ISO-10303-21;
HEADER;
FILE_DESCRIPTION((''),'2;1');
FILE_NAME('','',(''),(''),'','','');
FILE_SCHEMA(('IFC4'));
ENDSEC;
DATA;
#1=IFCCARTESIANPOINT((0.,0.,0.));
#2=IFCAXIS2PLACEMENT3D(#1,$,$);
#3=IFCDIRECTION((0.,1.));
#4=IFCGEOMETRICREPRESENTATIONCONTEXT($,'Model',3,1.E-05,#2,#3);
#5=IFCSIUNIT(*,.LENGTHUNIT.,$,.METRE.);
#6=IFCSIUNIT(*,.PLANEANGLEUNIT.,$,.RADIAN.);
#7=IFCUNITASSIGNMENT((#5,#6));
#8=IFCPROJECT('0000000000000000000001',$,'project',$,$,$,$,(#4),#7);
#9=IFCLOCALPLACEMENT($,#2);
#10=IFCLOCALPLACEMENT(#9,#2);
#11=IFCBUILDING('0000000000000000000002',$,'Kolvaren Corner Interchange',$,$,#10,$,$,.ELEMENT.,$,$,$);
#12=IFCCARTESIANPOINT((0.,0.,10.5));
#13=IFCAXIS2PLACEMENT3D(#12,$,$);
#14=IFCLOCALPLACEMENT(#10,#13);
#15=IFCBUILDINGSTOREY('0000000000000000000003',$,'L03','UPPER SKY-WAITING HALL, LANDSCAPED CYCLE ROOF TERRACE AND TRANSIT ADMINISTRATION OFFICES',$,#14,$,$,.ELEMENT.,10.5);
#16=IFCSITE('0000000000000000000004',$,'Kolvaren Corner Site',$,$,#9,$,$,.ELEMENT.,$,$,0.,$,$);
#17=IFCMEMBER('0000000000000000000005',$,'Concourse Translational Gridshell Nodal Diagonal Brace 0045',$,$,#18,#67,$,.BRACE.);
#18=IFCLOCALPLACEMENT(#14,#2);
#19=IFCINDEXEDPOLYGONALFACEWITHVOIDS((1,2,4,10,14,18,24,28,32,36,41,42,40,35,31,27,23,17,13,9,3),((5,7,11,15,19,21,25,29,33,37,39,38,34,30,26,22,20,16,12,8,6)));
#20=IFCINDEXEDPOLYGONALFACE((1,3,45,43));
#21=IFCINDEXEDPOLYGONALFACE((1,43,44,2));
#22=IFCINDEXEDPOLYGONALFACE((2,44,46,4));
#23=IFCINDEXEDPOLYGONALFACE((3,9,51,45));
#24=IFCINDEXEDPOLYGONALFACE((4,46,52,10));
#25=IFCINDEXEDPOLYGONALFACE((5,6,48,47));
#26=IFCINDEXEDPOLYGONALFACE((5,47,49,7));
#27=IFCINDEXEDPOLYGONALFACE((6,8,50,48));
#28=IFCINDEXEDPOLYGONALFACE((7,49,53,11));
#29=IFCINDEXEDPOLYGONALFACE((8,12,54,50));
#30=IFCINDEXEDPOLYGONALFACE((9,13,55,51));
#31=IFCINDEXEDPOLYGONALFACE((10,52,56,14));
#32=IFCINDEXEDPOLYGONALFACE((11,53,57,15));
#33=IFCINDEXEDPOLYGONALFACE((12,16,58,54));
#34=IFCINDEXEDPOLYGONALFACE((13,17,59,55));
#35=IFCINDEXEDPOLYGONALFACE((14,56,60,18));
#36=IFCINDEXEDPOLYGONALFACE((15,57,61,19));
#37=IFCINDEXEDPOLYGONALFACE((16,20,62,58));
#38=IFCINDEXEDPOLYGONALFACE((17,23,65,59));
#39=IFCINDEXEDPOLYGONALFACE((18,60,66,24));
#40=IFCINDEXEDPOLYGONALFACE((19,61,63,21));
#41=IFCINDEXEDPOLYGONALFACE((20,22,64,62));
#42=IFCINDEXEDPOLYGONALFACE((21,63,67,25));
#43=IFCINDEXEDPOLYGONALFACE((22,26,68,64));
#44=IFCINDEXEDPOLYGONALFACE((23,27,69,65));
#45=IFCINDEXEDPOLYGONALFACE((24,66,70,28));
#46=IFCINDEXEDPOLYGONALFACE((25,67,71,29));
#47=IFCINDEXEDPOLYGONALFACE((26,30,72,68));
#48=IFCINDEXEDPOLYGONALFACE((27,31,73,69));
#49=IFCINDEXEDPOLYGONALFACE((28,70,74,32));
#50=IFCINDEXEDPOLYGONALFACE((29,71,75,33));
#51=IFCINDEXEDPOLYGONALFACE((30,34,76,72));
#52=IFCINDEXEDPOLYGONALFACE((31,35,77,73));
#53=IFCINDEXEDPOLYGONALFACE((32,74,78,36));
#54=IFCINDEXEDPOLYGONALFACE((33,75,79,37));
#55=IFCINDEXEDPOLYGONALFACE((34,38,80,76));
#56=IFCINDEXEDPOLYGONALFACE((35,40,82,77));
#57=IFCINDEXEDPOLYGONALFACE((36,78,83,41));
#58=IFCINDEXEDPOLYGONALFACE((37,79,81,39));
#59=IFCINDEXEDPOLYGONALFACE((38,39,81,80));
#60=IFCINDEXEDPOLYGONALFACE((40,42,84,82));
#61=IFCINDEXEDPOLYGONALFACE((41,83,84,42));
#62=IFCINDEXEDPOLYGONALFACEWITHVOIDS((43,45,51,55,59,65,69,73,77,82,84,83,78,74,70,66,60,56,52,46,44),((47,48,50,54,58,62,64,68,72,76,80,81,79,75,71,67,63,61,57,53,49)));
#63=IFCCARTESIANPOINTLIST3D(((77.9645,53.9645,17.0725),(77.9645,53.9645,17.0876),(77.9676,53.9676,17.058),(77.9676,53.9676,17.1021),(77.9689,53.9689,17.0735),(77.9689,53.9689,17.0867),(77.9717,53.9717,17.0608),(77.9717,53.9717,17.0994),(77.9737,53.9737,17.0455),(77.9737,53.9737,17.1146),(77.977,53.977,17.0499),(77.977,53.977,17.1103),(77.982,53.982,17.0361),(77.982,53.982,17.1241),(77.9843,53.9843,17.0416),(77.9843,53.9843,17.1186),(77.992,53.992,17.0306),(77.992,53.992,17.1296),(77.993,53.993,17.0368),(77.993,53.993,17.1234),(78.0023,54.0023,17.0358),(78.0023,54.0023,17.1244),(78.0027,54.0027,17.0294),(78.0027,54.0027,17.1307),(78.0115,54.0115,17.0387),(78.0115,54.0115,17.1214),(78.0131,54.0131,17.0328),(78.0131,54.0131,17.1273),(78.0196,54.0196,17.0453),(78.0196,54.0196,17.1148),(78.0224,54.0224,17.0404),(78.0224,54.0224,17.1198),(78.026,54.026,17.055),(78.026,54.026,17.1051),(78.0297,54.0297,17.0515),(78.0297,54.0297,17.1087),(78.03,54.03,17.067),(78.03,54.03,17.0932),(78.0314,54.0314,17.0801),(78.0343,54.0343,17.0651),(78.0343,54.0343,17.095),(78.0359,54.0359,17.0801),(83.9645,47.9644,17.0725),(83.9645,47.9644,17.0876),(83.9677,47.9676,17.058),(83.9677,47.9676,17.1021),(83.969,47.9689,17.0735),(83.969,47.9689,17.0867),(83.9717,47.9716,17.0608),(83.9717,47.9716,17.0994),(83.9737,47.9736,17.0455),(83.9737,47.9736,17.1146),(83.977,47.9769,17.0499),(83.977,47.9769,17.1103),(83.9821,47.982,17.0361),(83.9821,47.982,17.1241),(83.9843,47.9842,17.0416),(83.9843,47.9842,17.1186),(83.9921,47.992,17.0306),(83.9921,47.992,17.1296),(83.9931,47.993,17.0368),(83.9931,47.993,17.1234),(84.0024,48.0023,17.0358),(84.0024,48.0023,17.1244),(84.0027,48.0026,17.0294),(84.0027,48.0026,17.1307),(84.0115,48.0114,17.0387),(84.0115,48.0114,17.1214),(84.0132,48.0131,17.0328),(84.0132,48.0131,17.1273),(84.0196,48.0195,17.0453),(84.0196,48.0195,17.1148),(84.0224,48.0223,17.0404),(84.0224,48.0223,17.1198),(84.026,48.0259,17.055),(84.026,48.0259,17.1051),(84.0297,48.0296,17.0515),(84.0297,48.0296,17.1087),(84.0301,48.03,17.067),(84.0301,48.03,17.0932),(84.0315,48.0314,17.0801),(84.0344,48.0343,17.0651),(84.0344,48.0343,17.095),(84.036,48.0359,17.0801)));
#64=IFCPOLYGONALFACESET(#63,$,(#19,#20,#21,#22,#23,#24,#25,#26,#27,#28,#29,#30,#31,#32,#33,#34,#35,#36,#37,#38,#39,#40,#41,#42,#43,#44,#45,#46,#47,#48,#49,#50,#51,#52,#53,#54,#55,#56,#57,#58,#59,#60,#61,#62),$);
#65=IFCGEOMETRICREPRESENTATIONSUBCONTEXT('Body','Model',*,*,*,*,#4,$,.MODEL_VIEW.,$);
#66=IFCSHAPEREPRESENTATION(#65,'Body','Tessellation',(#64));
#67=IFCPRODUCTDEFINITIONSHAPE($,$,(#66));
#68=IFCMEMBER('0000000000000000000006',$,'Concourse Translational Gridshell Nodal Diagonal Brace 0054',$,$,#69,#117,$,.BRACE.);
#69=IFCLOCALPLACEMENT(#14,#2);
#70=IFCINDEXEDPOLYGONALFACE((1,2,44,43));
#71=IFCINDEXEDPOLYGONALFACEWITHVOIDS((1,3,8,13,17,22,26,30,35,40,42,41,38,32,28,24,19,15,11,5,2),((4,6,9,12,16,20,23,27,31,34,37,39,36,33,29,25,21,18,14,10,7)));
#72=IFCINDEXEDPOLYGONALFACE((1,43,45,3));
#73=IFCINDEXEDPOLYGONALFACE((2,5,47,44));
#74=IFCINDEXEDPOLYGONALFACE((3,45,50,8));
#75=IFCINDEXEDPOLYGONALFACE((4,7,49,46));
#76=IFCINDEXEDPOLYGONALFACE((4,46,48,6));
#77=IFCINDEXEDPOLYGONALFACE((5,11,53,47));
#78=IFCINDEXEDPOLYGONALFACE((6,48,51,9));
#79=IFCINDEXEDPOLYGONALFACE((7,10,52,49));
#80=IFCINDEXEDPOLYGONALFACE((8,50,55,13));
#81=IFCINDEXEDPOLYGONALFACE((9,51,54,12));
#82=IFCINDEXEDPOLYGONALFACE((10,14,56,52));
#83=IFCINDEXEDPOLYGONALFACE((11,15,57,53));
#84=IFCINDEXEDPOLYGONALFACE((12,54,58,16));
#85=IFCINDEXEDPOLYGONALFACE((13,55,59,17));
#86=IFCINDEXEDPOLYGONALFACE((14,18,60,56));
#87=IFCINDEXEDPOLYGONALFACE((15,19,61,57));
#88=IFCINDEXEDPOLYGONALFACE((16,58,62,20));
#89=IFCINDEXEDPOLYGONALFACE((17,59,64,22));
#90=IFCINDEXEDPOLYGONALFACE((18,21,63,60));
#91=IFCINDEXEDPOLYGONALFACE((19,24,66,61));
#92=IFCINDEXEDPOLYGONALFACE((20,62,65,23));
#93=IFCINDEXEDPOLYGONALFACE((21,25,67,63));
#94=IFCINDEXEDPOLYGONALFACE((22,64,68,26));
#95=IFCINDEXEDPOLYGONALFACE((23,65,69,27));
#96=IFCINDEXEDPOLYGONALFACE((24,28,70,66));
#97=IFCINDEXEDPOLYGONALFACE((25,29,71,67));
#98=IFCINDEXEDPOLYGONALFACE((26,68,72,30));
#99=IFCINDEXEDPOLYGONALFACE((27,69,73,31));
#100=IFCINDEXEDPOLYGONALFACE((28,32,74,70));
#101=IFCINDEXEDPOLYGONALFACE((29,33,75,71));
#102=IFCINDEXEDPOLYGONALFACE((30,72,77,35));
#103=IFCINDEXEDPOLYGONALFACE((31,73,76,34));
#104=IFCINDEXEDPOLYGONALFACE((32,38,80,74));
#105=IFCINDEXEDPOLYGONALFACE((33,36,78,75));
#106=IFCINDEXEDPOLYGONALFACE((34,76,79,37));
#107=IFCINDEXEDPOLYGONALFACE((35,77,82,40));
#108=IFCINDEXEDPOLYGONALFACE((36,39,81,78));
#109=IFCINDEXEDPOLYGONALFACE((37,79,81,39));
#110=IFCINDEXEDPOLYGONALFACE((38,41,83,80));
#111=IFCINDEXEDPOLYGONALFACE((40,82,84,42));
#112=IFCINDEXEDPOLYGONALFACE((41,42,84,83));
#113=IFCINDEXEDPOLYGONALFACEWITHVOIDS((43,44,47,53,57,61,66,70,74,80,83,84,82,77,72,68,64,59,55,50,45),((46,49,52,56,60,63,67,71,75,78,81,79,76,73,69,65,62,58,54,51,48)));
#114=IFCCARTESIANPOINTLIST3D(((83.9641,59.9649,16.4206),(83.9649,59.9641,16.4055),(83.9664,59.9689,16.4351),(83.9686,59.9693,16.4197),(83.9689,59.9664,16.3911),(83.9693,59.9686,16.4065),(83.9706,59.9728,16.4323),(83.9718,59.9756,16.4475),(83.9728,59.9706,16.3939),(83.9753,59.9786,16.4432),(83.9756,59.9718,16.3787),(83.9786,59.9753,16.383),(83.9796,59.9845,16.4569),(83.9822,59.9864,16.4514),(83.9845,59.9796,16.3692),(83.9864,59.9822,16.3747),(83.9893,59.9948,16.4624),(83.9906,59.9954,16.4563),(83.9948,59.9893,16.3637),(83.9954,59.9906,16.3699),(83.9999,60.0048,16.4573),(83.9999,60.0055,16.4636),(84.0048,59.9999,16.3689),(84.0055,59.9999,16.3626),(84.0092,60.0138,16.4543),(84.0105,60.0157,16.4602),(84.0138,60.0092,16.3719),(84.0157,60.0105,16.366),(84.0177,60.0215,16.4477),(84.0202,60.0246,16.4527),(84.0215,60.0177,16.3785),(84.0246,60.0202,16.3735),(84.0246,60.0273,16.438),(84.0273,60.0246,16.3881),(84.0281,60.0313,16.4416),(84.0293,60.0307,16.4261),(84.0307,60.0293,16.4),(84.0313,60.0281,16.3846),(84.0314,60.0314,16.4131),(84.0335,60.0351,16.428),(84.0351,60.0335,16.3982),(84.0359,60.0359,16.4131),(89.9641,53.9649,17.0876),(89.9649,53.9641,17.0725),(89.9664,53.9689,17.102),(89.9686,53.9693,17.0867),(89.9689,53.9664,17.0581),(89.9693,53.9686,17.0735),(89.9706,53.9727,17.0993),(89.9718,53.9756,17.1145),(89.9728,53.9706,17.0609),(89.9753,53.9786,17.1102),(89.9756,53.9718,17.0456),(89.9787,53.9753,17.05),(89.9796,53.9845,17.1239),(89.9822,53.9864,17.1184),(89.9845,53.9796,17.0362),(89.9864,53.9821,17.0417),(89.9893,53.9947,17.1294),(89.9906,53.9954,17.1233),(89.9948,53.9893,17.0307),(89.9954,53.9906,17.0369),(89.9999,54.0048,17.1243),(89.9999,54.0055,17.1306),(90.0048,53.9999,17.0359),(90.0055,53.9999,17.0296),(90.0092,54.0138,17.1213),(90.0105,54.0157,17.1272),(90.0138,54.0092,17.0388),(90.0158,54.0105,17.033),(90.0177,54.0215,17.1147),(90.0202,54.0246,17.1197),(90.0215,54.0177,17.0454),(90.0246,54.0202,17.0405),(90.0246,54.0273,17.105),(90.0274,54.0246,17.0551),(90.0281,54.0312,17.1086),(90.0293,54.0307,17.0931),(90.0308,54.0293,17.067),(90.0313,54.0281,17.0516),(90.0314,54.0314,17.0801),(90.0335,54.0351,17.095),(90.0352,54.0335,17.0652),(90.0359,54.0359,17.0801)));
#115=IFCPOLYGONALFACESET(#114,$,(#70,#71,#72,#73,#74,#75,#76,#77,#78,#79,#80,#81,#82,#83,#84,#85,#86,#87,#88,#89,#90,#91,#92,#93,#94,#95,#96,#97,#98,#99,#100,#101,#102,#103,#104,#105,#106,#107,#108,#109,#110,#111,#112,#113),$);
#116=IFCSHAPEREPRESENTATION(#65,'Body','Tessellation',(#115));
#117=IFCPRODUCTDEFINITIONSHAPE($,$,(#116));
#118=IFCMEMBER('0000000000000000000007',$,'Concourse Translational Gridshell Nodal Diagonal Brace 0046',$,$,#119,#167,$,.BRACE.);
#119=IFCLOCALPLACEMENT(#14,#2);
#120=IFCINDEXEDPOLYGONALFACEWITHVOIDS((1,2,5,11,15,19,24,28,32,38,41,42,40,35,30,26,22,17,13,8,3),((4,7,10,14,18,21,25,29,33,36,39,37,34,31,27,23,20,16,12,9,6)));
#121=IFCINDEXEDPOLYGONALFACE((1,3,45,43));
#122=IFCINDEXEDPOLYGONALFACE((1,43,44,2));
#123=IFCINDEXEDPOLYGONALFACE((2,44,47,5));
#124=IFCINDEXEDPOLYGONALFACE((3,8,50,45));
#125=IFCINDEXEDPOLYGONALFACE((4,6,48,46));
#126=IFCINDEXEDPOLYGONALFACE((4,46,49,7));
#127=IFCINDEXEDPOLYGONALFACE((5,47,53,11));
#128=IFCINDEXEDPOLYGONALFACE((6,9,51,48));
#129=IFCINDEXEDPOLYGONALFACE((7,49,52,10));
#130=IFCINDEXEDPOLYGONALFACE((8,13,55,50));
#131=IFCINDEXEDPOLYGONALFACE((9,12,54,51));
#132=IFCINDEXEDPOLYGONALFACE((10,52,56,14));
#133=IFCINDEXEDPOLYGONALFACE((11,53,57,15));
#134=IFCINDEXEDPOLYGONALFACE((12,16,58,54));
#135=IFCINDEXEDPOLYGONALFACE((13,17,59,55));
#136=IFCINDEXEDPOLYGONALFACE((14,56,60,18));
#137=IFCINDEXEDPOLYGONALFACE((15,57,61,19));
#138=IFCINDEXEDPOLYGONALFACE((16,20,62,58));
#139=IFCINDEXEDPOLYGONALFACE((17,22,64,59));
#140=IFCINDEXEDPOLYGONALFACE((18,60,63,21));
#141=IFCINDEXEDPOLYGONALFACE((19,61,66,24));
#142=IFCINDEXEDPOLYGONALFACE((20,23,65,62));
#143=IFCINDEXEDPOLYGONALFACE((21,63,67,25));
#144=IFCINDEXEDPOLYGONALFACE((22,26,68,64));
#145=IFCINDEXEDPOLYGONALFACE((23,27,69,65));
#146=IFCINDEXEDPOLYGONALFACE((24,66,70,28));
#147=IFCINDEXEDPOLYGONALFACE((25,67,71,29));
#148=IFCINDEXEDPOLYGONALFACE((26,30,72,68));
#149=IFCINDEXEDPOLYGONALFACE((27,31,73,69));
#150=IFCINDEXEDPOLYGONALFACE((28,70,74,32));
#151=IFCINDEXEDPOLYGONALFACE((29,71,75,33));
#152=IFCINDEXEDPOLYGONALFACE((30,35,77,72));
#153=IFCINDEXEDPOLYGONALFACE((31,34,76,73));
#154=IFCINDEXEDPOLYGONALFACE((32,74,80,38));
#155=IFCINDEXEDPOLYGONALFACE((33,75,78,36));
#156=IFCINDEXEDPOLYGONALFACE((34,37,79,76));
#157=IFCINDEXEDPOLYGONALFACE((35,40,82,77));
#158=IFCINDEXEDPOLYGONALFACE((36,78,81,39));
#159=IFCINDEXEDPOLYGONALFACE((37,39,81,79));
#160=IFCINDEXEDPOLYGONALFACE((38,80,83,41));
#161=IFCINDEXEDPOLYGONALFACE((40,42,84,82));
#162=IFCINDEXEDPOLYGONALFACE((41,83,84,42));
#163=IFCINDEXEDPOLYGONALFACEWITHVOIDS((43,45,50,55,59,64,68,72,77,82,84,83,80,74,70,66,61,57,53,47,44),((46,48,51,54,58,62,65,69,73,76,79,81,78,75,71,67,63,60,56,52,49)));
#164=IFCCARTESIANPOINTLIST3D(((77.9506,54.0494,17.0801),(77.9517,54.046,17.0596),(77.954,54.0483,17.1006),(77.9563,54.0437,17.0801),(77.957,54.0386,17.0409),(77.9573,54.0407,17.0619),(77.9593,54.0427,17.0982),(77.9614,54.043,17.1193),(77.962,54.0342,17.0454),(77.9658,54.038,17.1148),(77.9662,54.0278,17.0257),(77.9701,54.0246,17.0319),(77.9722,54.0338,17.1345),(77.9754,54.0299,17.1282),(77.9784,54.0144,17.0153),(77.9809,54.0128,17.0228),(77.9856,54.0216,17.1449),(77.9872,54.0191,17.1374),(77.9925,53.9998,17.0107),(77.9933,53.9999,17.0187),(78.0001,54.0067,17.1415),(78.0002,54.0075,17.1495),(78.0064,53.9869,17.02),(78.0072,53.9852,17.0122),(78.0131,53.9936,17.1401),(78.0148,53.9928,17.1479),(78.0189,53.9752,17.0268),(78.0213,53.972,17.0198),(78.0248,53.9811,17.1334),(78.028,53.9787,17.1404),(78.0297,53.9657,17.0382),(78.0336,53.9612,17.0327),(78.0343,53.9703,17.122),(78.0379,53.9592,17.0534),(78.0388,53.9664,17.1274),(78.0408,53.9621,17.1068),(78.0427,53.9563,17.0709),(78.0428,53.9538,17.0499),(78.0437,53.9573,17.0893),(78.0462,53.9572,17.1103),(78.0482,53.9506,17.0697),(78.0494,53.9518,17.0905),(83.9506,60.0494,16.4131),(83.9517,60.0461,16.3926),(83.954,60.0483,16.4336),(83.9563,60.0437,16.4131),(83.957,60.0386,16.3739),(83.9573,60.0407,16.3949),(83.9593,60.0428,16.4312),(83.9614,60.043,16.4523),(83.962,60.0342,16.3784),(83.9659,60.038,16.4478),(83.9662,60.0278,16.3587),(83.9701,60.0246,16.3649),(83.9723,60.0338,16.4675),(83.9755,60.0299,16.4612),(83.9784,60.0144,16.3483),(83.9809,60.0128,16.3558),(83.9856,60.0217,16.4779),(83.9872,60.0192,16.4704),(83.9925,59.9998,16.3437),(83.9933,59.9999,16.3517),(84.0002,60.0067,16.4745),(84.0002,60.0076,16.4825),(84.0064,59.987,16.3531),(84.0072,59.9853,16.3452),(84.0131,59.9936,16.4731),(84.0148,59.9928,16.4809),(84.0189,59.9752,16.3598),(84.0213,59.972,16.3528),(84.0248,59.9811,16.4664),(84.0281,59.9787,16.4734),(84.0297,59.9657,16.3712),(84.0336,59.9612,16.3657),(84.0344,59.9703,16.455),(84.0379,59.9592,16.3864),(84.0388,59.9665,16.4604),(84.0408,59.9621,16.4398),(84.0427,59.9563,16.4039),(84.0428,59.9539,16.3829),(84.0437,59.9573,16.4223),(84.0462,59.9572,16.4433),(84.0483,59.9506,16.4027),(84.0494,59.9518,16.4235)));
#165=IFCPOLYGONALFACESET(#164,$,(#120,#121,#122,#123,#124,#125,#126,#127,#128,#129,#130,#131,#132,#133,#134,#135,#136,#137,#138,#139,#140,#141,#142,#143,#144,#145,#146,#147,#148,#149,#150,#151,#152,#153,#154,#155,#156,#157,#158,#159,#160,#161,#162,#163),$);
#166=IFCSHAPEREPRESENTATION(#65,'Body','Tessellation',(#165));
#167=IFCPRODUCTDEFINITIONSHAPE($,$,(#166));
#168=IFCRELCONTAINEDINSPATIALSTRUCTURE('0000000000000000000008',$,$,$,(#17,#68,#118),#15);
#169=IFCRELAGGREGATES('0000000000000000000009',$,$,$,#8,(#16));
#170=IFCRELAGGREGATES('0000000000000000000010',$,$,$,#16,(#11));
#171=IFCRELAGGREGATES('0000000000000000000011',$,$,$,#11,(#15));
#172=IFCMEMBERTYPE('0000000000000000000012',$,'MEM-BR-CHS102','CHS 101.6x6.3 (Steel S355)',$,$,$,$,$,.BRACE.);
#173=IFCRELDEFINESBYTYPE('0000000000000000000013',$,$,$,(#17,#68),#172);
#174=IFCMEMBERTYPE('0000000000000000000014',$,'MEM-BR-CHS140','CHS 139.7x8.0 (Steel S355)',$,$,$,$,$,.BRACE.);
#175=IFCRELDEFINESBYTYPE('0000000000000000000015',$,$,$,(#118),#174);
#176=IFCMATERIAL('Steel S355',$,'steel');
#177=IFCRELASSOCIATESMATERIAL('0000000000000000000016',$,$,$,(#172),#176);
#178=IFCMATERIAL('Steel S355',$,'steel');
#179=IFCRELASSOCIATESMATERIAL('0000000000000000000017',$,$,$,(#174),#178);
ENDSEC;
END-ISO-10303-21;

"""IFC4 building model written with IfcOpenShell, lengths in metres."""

from ifc_helpers import new_model, si_unit, direction, frame, origin, origin_2d, place, context, subcontext, project, spatial, hollow_circle, extrude, material, material_profile, profile_set, type_object, element, save


model = new_model("IFC4")

# Units and contexts
model_context = context("Model", 3, precision=1e-05, world=origin(), true_north=direction((0.0, 1.0)))
body_context = subcontext(model_context, "Body", "Model", "MODEL_VIEW")
ifc_project = project(units=[si_unit("LENGTHUNIT", "METRE"), si_unit("PLANEANGLEUNIT", "RADIAN")], contexts=[model_context])

# Site, building, storey
site_placement = place(None, origin())
site = spatial("IfcSite", under=ifc_project, at=site_placement, Name="Kolvaren Corner Site", CompositionType="ELEMENT", RefElevation=0.0)
building_placement = place(site_placement, origin())
building = spatial("IfcBuilding", under=site, at=building_placement, Name="Kolvaren Corner Interchange", CompositionType="ELEMENT")
storey_placement = place(building_placement, frame((0.0, 0.0, 10.5)))
storey = spatial("IfcBuildingStorey", under=building, at=storey_placement, Name="L03", Description="UPPER SKY-WAITING HALL, LANDSCAPED CYCLE ROOF TERRACE AND TRANSIT ADMINISTRATION OFFICES", CompositionType="ELEMENT", Elevation=10.5)

# Members
ifc_material_1 = material(Name="Steel S355", Category="steel")
ifc_material_profile_1 = material_profile(ifc_material_1, hollow_circle(Radius=0.0508, WallThickness=0.0063, at=origin_2d()), Name="CHS 101.6x6.3")
ifc_profile_set_1 = profile_set([ifc_material_profile_1], Name="Steel S355")
member_type_1 = type_object("IfcMemberType", Name="MEM-BR-CHS102", Description="CHS 101.6x6.3 (Steel S355)", PredefinedType="BRACE", material=ifc_profile_set_1)
member_1_placement = place(storey_placement, frame((78.0, 54.0, 17.0801), z_axis=(0.707107, -0.707107, 0.0), x_axis=(0.707107, 0.707107, 0.0)))
element("IfcMember", 1, at=member_1_placement, inside=storey, type_object=member_type_1, Name="Concourse Translational Gridshell Nodal Diagonal Brace 0045", PredefinedType="BRACE", context=body_context, shape_type="SweptSolid", body=[
    extrude(hollow_circle(Radius=0.0508, WallThickness=0.0063, at=origin_2d()), origin(), (0.0, 0.0, 1.0), 8.4854),
])
member_2_placement = place(storey_placement, frame((84.0, 60.0, 16.4131), z_axis=(0.704932, -0.704932, 0.078364), x_axis=(0.707107, 0.707107, 0.0)))
element("IfcMember", 2, at=member_2_placement, inside=storey, type_object=member_type_1, Name="Concourse Translational Gridshell Nodal Diagonal Brace 0054", PredefinedType="BRACE", context=body_context, shape_type="SweptSolid", body=[
    extrude(hollow_circle(Radius=0.0508, WallThickness=0.0063, at=origin_2d()), origin(), (0.0, 0.0, 1.0), 8.5115),
])
ifc_material_2 = material(Name="Steel S355", Category="steel")
ifc_material_profile_2 = material_profile(ifc_material_2, hollow_circle(Radius=0.0698, WallThickness=0.0081, at=origin_2d()), Name="CHS 139.7x8.0")
ifc_profile_set_2 = profile_set([ifc_material_profile_2], Name="Steel S355")
member_type_2 = type_object("IfcMemberType", Name="MEM-BR-CHS140", Description="CHS 139.7x8.0 (Steel S355)", PredefinedType="BRACE", material=ifc_profile_set_2)
member_3_placement = place(storey_placement, frame((78.0, 54.0, 17.0801), z_axis=(0.704932, 0.704932, -0.078364), x_axis=(-0.707107, 0.707107, 0.0)))
element("IfcMember", 3, at=member_3_placement, inside=storey, type_object=member_type_2, Name="Concourse Translational Gridshell Nodal Diagonal Brace 0046", PredefinedType="BRACE", context=body_context, shape_type="SweptSolid", body=[
    extrude(hollow_circle(Radius=0.0698, WallThickness=0.0081, at=origin_2d()), origin(), (0.0, 0.0, 1.0), 8.5115),
])

save(model, "model.ifc")
